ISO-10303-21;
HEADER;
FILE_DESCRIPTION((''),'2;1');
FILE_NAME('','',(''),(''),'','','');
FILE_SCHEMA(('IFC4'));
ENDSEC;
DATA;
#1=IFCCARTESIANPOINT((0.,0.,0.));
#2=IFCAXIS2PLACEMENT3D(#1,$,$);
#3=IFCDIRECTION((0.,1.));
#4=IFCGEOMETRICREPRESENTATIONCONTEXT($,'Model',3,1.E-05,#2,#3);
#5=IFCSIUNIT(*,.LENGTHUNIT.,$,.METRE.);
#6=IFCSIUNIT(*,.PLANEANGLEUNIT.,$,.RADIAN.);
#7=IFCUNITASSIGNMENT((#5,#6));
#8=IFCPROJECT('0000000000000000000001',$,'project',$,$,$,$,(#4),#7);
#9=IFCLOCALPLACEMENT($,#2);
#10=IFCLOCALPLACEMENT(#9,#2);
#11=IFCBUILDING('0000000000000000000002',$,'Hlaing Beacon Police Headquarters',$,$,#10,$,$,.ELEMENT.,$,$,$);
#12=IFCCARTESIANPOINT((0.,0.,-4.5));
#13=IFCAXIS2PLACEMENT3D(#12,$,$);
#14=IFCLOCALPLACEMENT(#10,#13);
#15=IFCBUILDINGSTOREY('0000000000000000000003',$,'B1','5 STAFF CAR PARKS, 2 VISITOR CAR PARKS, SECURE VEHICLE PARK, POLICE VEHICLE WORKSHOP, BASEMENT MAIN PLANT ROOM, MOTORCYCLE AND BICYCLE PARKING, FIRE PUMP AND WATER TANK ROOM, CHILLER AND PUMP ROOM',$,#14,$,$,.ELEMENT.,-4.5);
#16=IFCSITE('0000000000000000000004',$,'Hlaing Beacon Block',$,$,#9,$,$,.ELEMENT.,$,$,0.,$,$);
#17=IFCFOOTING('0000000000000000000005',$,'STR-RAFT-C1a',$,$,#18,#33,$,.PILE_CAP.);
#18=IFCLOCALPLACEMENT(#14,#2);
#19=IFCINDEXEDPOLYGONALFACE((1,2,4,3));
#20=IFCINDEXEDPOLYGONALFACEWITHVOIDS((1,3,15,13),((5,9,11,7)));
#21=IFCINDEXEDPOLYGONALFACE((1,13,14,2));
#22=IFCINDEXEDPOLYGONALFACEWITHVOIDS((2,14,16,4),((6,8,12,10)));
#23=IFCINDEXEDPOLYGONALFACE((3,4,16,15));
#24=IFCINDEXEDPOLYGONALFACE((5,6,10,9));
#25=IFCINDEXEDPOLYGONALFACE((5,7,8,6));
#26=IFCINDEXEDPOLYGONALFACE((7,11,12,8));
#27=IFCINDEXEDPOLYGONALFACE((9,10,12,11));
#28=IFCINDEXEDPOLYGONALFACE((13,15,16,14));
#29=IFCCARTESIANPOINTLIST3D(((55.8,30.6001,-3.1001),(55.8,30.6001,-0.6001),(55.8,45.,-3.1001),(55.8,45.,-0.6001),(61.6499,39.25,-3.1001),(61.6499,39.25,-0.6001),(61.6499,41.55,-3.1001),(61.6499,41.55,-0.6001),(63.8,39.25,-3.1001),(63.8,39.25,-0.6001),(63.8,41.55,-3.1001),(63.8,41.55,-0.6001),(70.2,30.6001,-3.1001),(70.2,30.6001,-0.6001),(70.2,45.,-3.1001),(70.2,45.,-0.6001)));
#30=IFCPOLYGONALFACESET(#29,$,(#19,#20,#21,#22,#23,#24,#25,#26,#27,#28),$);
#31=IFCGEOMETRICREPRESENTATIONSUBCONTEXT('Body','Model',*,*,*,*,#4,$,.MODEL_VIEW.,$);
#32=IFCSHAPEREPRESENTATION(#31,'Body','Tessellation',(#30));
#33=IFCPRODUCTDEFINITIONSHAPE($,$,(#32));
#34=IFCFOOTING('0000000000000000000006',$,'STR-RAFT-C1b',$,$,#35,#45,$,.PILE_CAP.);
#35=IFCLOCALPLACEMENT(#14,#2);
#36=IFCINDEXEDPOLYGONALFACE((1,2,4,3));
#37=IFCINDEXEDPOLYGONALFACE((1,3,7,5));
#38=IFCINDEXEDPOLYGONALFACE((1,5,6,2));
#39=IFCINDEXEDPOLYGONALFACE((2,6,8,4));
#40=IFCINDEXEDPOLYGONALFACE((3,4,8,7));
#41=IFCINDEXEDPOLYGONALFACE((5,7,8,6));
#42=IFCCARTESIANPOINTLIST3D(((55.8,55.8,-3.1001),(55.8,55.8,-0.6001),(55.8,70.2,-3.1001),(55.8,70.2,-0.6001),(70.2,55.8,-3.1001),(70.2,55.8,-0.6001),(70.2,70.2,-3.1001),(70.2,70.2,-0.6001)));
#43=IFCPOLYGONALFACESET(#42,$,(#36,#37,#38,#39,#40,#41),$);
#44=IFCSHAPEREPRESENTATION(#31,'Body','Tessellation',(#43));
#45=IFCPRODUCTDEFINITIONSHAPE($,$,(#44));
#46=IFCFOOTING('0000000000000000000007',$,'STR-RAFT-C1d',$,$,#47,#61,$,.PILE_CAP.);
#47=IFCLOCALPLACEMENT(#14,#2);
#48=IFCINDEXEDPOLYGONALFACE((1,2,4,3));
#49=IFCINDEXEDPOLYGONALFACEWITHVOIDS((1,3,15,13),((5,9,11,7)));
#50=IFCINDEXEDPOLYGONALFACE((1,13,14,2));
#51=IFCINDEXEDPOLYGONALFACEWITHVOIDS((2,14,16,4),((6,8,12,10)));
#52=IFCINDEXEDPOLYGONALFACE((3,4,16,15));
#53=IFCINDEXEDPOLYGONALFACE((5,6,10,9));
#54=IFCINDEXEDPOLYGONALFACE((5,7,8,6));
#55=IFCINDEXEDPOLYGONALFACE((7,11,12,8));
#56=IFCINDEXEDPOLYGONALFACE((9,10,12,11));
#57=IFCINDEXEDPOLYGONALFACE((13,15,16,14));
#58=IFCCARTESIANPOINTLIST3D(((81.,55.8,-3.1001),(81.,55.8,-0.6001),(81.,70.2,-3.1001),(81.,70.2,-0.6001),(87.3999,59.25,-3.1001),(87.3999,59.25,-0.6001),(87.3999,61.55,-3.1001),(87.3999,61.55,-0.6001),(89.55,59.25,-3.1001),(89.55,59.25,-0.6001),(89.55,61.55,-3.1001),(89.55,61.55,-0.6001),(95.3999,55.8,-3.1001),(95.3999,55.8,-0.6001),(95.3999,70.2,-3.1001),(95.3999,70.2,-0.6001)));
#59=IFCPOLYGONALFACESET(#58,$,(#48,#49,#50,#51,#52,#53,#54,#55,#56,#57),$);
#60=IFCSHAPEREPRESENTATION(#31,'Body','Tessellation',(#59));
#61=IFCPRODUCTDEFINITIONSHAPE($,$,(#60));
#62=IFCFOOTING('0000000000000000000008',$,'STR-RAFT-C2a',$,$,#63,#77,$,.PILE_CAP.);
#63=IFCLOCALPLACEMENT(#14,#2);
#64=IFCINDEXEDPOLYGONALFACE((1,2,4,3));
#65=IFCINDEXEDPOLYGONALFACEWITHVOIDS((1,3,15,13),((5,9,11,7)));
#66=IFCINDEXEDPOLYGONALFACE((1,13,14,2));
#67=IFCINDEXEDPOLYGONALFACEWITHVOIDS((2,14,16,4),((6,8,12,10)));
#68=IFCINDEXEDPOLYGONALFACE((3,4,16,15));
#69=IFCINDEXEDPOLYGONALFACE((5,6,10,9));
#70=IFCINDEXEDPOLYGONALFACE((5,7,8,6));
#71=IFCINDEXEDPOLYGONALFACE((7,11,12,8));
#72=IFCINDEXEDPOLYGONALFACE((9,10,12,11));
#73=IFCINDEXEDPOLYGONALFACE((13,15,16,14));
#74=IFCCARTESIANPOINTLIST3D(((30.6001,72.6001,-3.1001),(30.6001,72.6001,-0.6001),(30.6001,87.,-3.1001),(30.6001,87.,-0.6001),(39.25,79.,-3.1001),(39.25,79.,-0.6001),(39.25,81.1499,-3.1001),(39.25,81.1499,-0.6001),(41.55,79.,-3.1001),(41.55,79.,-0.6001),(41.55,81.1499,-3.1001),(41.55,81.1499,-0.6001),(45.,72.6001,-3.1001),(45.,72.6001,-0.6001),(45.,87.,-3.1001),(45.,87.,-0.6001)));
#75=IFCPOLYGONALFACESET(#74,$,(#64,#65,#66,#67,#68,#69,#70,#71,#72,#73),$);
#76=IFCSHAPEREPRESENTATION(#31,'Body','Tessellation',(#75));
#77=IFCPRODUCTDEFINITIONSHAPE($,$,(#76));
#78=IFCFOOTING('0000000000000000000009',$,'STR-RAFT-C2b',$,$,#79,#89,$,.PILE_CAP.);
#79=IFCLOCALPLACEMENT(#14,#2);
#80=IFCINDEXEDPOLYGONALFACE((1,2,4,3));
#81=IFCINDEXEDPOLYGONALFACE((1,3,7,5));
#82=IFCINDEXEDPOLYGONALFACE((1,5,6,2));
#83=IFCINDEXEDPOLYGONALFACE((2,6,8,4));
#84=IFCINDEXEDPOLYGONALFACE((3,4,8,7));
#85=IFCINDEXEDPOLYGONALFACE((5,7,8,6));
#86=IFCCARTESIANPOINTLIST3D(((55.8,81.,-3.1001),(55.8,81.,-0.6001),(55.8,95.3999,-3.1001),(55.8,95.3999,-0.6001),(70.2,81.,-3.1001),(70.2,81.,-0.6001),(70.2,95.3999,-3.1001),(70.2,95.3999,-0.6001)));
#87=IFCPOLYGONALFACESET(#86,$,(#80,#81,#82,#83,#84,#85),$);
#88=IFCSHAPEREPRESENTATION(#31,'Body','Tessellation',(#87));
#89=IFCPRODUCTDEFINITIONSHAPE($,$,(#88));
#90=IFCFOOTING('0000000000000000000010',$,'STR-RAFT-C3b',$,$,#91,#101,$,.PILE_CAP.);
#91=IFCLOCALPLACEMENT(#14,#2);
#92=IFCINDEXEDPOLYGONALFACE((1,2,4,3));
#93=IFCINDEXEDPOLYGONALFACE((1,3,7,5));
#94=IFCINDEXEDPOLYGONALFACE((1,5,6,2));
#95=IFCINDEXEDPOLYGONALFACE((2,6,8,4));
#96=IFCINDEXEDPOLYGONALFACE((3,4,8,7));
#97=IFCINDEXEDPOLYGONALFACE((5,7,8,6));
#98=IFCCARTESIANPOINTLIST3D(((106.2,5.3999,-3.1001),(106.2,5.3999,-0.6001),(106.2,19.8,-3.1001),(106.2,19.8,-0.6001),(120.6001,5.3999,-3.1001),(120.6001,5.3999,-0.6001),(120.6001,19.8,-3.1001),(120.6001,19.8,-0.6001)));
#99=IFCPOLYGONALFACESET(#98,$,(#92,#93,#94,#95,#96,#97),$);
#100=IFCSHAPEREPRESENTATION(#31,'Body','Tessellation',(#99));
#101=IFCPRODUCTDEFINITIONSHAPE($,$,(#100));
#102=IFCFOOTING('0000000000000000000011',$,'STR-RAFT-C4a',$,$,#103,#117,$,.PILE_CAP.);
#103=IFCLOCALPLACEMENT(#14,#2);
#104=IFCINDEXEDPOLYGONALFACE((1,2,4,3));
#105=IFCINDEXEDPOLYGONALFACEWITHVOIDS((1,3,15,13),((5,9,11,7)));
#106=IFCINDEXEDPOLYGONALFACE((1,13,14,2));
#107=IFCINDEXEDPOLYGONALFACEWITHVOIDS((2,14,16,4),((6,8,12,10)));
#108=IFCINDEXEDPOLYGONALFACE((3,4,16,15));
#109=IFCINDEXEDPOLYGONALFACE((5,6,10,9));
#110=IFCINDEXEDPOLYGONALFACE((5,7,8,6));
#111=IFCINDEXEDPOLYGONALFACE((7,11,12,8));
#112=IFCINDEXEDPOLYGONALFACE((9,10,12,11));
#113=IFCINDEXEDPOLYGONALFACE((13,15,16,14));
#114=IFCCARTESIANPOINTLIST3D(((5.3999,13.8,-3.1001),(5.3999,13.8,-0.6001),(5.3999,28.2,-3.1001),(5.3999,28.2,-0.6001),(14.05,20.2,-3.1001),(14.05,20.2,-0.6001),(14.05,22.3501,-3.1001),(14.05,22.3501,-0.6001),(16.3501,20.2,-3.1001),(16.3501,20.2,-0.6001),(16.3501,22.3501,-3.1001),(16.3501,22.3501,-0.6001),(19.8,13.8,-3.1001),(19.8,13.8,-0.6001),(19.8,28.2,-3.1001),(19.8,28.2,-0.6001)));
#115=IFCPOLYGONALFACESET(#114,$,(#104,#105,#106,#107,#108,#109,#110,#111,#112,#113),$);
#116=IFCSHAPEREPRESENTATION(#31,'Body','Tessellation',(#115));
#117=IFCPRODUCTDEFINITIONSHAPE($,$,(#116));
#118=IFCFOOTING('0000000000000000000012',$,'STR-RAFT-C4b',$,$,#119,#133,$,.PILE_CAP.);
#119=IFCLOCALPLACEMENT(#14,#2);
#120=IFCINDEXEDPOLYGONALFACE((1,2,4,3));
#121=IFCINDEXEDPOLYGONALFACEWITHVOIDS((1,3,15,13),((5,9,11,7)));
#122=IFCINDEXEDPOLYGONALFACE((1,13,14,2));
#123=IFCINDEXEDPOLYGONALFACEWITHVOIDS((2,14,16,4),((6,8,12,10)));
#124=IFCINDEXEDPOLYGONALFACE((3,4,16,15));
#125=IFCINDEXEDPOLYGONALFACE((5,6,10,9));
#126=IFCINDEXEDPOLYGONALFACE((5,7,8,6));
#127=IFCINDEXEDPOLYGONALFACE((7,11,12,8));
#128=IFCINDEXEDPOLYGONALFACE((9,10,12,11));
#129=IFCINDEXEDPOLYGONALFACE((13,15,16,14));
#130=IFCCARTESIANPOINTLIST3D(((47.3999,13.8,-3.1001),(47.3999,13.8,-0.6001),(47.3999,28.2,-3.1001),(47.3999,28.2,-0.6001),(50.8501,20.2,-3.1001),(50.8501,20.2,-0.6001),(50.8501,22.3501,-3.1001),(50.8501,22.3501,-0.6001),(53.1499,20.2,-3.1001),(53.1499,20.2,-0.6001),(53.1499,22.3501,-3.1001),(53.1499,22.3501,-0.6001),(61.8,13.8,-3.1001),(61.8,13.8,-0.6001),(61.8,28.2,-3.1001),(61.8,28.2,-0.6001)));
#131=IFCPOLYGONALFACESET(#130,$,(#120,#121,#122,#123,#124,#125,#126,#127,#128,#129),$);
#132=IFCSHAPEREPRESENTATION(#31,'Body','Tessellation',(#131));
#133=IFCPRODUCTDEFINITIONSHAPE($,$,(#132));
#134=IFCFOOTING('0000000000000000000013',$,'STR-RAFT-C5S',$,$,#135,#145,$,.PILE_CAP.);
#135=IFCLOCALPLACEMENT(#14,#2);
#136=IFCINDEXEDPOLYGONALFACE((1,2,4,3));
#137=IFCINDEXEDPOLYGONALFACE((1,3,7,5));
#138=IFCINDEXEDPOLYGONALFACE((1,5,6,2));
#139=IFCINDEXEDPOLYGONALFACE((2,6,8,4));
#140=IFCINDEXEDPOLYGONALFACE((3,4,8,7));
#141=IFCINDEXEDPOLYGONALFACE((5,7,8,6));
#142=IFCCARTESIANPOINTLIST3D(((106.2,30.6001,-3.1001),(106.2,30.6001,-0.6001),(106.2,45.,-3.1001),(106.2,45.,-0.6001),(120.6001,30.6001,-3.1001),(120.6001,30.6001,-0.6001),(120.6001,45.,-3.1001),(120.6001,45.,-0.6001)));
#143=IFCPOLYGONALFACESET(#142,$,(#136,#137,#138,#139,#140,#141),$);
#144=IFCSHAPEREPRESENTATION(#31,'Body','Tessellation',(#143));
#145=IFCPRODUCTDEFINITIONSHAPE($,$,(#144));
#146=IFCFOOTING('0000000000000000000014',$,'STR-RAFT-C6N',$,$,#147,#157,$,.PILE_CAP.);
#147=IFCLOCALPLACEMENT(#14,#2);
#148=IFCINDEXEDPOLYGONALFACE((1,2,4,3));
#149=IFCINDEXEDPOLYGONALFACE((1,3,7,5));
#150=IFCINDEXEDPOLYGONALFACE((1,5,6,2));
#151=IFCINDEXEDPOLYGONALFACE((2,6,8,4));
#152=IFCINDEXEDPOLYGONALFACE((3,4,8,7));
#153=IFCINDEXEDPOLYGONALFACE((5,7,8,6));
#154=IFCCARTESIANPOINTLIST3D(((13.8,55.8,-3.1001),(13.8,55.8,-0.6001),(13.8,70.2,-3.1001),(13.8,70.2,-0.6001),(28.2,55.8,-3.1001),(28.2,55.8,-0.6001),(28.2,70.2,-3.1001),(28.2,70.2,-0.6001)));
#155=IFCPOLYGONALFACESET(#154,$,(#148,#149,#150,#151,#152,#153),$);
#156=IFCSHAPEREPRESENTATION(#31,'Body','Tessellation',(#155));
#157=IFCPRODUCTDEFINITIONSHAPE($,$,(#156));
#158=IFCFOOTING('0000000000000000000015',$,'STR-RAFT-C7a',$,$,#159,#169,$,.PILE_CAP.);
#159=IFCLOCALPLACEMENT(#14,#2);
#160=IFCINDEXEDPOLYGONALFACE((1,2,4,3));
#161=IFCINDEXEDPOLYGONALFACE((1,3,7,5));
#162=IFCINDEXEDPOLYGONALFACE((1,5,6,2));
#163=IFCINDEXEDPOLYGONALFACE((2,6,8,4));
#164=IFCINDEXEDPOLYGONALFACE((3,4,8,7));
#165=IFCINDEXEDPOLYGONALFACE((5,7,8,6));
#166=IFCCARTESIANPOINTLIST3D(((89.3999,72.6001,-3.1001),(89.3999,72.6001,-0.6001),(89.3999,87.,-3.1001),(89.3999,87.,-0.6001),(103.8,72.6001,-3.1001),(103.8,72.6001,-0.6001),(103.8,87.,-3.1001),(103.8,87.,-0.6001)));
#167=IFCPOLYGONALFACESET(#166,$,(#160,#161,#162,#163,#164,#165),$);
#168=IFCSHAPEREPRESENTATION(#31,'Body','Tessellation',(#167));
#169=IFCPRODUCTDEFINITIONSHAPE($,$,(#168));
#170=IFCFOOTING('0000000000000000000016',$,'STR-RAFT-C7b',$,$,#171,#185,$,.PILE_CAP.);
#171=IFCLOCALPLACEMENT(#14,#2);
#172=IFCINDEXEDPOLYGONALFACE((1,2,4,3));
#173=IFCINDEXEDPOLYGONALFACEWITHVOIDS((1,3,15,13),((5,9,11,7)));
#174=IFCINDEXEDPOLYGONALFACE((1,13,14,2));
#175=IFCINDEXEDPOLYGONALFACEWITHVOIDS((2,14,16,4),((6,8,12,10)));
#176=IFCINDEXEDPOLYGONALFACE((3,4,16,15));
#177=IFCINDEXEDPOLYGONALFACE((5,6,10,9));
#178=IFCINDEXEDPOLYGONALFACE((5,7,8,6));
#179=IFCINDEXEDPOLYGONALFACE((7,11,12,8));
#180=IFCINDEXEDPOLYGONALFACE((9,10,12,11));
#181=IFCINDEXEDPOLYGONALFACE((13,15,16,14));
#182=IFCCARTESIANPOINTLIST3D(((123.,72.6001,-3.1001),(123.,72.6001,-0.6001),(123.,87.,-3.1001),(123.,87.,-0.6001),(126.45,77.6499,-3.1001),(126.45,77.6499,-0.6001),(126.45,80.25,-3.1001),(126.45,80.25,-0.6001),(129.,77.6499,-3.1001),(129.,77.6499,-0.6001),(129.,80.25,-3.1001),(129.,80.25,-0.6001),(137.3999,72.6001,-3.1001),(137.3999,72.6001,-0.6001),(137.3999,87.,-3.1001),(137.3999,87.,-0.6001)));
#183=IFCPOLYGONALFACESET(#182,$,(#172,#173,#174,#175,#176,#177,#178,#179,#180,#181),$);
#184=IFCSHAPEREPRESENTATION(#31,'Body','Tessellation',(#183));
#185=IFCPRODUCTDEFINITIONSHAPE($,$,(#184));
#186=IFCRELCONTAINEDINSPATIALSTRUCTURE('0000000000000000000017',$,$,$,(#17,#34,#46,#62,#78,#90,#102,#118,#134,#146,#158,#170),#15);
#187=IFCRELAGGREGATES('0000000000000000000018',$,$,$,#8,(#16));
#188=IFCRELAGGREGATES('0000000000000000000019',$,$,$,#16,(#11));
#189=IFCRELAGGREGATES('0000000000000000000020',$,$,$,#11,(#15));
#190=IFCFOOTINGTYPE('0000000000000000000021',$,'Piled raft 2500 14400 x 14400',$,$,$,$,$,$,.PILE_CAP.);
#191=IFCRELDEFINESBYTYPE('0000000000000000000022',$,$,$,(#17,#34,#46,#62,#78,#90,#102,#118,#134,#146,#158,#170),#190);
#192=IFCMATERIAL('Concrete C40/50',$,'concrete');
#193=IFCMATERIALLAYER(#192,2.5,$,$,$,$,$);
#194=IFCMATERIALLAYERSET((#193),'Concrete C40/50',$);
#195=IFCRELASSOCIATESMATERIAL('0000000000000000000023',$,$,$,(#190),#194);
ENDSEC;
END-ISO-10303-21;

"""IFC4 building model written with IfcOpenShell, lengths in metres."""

from ifc_helpers import new_model, si_unit, direction, frame, origin, place, context, subcontext, project, spatial, polyline, outline, extrude, material, layer, layer_set, type_object, element, save


model = new_model("IFC4")

# Units and contexts
model_context = context("Model", 3, precision=1e-05, world=origin(), true_north=direction((0.0, 1.0)))
body_context = subcontext(model_context, "Body", "Model", "MODEL_VIEW")
ifc_project = project(units=[si_unit("LENGTHUNIT", "METRE"), si_unit("PLANEANGLEUNIT", "RADIAN")], contexts=[model_context])

# Site, building, storey
site_placement = place(None, origin())
site = spatial("IfcSite", under=ifc_project, at=site_placement, Name="Hlaing Beacon Block", CompositionType="ELEMENT", RefElevation=0.0)
building_placement = place(site_placement, origin())
building = spatial("IfcBuilding", under=site, at=building_placement, Name="Hlaing Beacon Police Headquarters", CompositionType="ELEMENT")
storey_placement = place(building_placement, frame((0.0, 0.0, -4.5)))
storey = spatial("IfcBuildingStorey", under=building, at=storey_placement, Name="B1", Description="5 STAFF CAR PARKS, 2 VISITOR CAR PARKS, SECURE VEHICLE PARK, POLICE VEHICLE WORKSHOP, BASEMENT MAIN PLANT ROOM, MOTORCYCLE AND BICYCLE PARKING, FIRE PUMP AND WATER TANK ROOM, CHILLER AND PUMP ROOM", CompositionType="ELEMENT", Elevation=-4.5)

# Footings
ifc_material_1 = material(Name="Concrete C40/50", Category="concrete")
ifc_layer_1 = layer(ifc_material_1, 2.5)
ifc_layer_set_1 = layer_set([ifc_layer_1], Name="Concrete C40/50")
footing_type_1 = type_object("IfcFootingType", Name="Piled raft 2500 14400 x 14400", PredefinedType="PILE_CAP", material=ifc_layer_set_1)
footing_1_placement = place(storey_placement, frame((0.0, 0.0, -3.1001)))
element("IfcFooting", 1, at=footing_1_placement, inside=storey, type_object=footing_type_1, Name="STR-RAFT-C1a", PredefinedType="PILE_CAP", context=body_context, shape_type="SweptSolid", body=[
    extrude(outline(polyline([(70.2, 30.6001), (55.8, 30.6001), (55.8, 45.0), (70.2, 45.0), (70.2, 30.6001)]), holes=[polyline([(63.8, 39.25), (63.8, 41.55), (61.6499, 41.55), (61.6499, 39.25), (63.8, 39.25)])]), origin(), (0.0, 0.0, 1.0), 2.5),
])
footing_2_placement = place(storey_placement, frame((0.0, 0.0, -3.1001)))
element("IfcFooting", 2, at=footing_2_placement, inside=storey, type_object=footing_type_1, Name="STR-RAFT-C1b", PredefinedType="PILE_CAP", context=body_context, shape_type="SweptSolid", body=[
    extrude(outline(polyline([(70.2, 55.8), (55.8, 55.8), (55.8, 70.2), (70.2, 70.2), (70.2, 55.8)])), origin(), (0.0, 0.0, 1.0), 2.5),
])
footing_3_placement = place(storey_placement, frame((0.0, 0.0, -3.1001)))
element("IfcFooting", 3, at=footing_3_placement, inside=storey, type_object=footing_type_1, Name="STR-RAFT-C1d", PredefinedType="PILE_CAP", context=body_context, shape_type="SweptSolid", body=[
    extrude(outline(polyline([(95.3999, 55.8), (81.0, 55.8), (81.0, 70.2), (95.3999, 70.2), (95.3999, 55.8)]), holes=[polyline([(89.55, 59.25), (89.55, 61.55), (87.3999, 61.55), (87.3999, 59.25), (89.55, 59.25)])]), origin(), (0.0, 0.0, 1.0), 2.5),
])
footing_4_placement = place(storey_placement, frame((0.0, 0.0, -3.1001)))
element("IfcFooting", 4, at=footing_4_placement, inside=storey, type_object=footing_type_1, Name="STR-RAFT-C2a", PredefinedType="PILE_CAP", context=body_context, shape_type="SweptSolid", body=[
    extrude(outline(polyline([(30.6001, 72.6001), (30.6001, 87.0), (45.0, 87.0), (45.0, 72.6001), (30.6001, 72.6001)]), holes=[polyline([(41.55, 79.0), (41.55, 81.1499), (39.25, 81.1499), (39.25, 79.0), (41.55, 79.0)])]), origin(), (0.0, 0.0, 1.0), 2.5),
])
footing_5_placement = place(storey_placement, frame((0.0, 0.0, -3.1001)))
element("IfcFooting", 5, at=footing_5_placement, inside=storey, type_object=footing_type_1, Name="STR-RAFT-C2b", PredefinedType="PILE_CAP", context=body_context, shape_type="SweptSolid", body=[
    extrude(outline(polyline([(55.8, 81.0), (55.8, 95.3999), (70.2, 95.3999), (70.2, 81.0), (55.8, 81.0)])), origin(), (0.0, 0.0, 1.0), 2.5),
])
footing_6_placement = place(storey_placement, frame((0.0, 0.0, -3.1001)))
element("IfcFooting", 6, at=footing_6_placement, inside=storey, type_object=footing_type_1, Name="STR-RAFT-C3b", PredefinedType="PILE_CAP", context=body_context, shape_type="SweptSolid", body=[
    extrude(outline(polyline([(120.6001, 5.3999), (106.2, 5.3999), (106.2, 19.8), (120.6001, 19.8), (120.6001, 5.3999)])), origin(), (0.0, 0.0, 1.0), 2.5),
])
footing_7_placement = place(storey_placement, frame((0.0, 0.0, -3.1001)))
element("IfcFooting", 7, at=footing_7_placement, inside=storey, type_object=footing_type_1, Name="STR-RAFT-C4a", PredefinedType="PILE_CAP", context=body_context, shape_type="SweptSolid", body=[
    extrude(outline(polyline([(19.8, 13.8), (5.3999, 13.8), (5.3999, 28.2), (19.8, 28.2), (19.8, 13.8)]), holes=[polyline([(16.3501, 20.2), (16.3501, 22.3501), (14.05, 22.3501), (14.05, 20.2), (16.3501, 20.2)])]), origin(), (0.0, 0.0, 1.0), 2.5),
])
footing_8_placement = place(storey_placement, frame((0.0, 0.0, -3.1001)))
element("IfcFooting", 8, at=footing_8_placement, inside=storey, type_object=footing_type_1, Name="STR-RAFT-C4b", PredefinedType="PILE_CAP", context=body_context, shape_type="SweptSolid", body=[
    extrude(outline(polyline([(61.8, 13.8), (47.3999, 13.8), (47.3999, 28.2), (61.8, 28.2), (61.8, 13.8)]), holes=[polyline([(53.1499, 20.2), (53.1499, 22.3501), (50.8501, 22.3501), (50.8501, 20.2), (53.1499, 20.2)])]), origin(), (0.0, 0.0, 1.0), 2.5),
])
footing_9_placement = place(storey_placement, frame((0.0, 0.0, -3.1001)))
element("IfcFooting", 9, at=footing_9_placement, inside=storey, type_object=footing_type_1, Name="STR-RAFT-C5S", PredefinedType="PILE_CAP", context=body_context, shape_type="SweptSolid", body=[
    extrude(outline(polyline([(120.6001, 30.6001), (106.2, 30.6001), (106.2, 45.0), (120.6001, 45.0), (120.6001, 30.6001)])), origin(), (0.0, 0.0, 1.0), 2.5),
])
footing_10_placement = place(storey_placement, frame((0.0, 0.0, -3.1001)))
element("IfcFooting", 10, at=footing_10_placement, inside=storey, type_object=footing_type_1, Name="STR-RAFT-C6N", PredefinedType="PILE_CAP", context=body_context, shape_type="SweptSolid", body=[
    extrude(outline(polyline([(28.2, 55.8), (13.8, 55.8), (13.8, 70.2), (28.2, 70.2), (28.2, 55.8)])), origin(), (0.0, 0.0, 1.0), 2.5),
])
footing_11_placement = place(storey_placement, frame((0.0, 0.0, -3.1001)))
element("IfcFooting", 11, at=footing_11_placement, inside=storey, type_object=footing_type_1, Name="STR-RAFT-C7a", PredefinedType="PILE_CAP", context=body_context, shape_type="SweptSolid", body=[
    extrude(outline(polyline([(89.3999, 72.6001), (89.3999, 87.0), (103.8, 87.0), (103.8, 72.6001), (89.3999, 72.6001)])), origin(), (0.0, 0.0, 1.0), 2.5),
])
footing_12_placement = place(storey_placement, frame((0.0, 0.0, -3.1001)))
element("IfcFooting", 12, at=footing_12_placement, inside=storey, type_object=footing_type_1, Name="STR-RAFT-C7b", PredefinedType="PILE_CAP", context=body_context, shape_type="SweptSolid", body=[
    extrude(outline(polyline([(123.0, 72.6001), (123.0, 87.0), (137.3999, 87.0), (137.3999, 72.6001), (123.0, 72.6001)]), holes=[polyline([(129.0, 77.6499), (129.0, 80.25), (126.45, 80.25), (126.45, 77.6499), (129.0, 77.6499)])]), origin(), (0.0, 0.0, 1.0), 2.5),
])

save(model, "model.ifc")
